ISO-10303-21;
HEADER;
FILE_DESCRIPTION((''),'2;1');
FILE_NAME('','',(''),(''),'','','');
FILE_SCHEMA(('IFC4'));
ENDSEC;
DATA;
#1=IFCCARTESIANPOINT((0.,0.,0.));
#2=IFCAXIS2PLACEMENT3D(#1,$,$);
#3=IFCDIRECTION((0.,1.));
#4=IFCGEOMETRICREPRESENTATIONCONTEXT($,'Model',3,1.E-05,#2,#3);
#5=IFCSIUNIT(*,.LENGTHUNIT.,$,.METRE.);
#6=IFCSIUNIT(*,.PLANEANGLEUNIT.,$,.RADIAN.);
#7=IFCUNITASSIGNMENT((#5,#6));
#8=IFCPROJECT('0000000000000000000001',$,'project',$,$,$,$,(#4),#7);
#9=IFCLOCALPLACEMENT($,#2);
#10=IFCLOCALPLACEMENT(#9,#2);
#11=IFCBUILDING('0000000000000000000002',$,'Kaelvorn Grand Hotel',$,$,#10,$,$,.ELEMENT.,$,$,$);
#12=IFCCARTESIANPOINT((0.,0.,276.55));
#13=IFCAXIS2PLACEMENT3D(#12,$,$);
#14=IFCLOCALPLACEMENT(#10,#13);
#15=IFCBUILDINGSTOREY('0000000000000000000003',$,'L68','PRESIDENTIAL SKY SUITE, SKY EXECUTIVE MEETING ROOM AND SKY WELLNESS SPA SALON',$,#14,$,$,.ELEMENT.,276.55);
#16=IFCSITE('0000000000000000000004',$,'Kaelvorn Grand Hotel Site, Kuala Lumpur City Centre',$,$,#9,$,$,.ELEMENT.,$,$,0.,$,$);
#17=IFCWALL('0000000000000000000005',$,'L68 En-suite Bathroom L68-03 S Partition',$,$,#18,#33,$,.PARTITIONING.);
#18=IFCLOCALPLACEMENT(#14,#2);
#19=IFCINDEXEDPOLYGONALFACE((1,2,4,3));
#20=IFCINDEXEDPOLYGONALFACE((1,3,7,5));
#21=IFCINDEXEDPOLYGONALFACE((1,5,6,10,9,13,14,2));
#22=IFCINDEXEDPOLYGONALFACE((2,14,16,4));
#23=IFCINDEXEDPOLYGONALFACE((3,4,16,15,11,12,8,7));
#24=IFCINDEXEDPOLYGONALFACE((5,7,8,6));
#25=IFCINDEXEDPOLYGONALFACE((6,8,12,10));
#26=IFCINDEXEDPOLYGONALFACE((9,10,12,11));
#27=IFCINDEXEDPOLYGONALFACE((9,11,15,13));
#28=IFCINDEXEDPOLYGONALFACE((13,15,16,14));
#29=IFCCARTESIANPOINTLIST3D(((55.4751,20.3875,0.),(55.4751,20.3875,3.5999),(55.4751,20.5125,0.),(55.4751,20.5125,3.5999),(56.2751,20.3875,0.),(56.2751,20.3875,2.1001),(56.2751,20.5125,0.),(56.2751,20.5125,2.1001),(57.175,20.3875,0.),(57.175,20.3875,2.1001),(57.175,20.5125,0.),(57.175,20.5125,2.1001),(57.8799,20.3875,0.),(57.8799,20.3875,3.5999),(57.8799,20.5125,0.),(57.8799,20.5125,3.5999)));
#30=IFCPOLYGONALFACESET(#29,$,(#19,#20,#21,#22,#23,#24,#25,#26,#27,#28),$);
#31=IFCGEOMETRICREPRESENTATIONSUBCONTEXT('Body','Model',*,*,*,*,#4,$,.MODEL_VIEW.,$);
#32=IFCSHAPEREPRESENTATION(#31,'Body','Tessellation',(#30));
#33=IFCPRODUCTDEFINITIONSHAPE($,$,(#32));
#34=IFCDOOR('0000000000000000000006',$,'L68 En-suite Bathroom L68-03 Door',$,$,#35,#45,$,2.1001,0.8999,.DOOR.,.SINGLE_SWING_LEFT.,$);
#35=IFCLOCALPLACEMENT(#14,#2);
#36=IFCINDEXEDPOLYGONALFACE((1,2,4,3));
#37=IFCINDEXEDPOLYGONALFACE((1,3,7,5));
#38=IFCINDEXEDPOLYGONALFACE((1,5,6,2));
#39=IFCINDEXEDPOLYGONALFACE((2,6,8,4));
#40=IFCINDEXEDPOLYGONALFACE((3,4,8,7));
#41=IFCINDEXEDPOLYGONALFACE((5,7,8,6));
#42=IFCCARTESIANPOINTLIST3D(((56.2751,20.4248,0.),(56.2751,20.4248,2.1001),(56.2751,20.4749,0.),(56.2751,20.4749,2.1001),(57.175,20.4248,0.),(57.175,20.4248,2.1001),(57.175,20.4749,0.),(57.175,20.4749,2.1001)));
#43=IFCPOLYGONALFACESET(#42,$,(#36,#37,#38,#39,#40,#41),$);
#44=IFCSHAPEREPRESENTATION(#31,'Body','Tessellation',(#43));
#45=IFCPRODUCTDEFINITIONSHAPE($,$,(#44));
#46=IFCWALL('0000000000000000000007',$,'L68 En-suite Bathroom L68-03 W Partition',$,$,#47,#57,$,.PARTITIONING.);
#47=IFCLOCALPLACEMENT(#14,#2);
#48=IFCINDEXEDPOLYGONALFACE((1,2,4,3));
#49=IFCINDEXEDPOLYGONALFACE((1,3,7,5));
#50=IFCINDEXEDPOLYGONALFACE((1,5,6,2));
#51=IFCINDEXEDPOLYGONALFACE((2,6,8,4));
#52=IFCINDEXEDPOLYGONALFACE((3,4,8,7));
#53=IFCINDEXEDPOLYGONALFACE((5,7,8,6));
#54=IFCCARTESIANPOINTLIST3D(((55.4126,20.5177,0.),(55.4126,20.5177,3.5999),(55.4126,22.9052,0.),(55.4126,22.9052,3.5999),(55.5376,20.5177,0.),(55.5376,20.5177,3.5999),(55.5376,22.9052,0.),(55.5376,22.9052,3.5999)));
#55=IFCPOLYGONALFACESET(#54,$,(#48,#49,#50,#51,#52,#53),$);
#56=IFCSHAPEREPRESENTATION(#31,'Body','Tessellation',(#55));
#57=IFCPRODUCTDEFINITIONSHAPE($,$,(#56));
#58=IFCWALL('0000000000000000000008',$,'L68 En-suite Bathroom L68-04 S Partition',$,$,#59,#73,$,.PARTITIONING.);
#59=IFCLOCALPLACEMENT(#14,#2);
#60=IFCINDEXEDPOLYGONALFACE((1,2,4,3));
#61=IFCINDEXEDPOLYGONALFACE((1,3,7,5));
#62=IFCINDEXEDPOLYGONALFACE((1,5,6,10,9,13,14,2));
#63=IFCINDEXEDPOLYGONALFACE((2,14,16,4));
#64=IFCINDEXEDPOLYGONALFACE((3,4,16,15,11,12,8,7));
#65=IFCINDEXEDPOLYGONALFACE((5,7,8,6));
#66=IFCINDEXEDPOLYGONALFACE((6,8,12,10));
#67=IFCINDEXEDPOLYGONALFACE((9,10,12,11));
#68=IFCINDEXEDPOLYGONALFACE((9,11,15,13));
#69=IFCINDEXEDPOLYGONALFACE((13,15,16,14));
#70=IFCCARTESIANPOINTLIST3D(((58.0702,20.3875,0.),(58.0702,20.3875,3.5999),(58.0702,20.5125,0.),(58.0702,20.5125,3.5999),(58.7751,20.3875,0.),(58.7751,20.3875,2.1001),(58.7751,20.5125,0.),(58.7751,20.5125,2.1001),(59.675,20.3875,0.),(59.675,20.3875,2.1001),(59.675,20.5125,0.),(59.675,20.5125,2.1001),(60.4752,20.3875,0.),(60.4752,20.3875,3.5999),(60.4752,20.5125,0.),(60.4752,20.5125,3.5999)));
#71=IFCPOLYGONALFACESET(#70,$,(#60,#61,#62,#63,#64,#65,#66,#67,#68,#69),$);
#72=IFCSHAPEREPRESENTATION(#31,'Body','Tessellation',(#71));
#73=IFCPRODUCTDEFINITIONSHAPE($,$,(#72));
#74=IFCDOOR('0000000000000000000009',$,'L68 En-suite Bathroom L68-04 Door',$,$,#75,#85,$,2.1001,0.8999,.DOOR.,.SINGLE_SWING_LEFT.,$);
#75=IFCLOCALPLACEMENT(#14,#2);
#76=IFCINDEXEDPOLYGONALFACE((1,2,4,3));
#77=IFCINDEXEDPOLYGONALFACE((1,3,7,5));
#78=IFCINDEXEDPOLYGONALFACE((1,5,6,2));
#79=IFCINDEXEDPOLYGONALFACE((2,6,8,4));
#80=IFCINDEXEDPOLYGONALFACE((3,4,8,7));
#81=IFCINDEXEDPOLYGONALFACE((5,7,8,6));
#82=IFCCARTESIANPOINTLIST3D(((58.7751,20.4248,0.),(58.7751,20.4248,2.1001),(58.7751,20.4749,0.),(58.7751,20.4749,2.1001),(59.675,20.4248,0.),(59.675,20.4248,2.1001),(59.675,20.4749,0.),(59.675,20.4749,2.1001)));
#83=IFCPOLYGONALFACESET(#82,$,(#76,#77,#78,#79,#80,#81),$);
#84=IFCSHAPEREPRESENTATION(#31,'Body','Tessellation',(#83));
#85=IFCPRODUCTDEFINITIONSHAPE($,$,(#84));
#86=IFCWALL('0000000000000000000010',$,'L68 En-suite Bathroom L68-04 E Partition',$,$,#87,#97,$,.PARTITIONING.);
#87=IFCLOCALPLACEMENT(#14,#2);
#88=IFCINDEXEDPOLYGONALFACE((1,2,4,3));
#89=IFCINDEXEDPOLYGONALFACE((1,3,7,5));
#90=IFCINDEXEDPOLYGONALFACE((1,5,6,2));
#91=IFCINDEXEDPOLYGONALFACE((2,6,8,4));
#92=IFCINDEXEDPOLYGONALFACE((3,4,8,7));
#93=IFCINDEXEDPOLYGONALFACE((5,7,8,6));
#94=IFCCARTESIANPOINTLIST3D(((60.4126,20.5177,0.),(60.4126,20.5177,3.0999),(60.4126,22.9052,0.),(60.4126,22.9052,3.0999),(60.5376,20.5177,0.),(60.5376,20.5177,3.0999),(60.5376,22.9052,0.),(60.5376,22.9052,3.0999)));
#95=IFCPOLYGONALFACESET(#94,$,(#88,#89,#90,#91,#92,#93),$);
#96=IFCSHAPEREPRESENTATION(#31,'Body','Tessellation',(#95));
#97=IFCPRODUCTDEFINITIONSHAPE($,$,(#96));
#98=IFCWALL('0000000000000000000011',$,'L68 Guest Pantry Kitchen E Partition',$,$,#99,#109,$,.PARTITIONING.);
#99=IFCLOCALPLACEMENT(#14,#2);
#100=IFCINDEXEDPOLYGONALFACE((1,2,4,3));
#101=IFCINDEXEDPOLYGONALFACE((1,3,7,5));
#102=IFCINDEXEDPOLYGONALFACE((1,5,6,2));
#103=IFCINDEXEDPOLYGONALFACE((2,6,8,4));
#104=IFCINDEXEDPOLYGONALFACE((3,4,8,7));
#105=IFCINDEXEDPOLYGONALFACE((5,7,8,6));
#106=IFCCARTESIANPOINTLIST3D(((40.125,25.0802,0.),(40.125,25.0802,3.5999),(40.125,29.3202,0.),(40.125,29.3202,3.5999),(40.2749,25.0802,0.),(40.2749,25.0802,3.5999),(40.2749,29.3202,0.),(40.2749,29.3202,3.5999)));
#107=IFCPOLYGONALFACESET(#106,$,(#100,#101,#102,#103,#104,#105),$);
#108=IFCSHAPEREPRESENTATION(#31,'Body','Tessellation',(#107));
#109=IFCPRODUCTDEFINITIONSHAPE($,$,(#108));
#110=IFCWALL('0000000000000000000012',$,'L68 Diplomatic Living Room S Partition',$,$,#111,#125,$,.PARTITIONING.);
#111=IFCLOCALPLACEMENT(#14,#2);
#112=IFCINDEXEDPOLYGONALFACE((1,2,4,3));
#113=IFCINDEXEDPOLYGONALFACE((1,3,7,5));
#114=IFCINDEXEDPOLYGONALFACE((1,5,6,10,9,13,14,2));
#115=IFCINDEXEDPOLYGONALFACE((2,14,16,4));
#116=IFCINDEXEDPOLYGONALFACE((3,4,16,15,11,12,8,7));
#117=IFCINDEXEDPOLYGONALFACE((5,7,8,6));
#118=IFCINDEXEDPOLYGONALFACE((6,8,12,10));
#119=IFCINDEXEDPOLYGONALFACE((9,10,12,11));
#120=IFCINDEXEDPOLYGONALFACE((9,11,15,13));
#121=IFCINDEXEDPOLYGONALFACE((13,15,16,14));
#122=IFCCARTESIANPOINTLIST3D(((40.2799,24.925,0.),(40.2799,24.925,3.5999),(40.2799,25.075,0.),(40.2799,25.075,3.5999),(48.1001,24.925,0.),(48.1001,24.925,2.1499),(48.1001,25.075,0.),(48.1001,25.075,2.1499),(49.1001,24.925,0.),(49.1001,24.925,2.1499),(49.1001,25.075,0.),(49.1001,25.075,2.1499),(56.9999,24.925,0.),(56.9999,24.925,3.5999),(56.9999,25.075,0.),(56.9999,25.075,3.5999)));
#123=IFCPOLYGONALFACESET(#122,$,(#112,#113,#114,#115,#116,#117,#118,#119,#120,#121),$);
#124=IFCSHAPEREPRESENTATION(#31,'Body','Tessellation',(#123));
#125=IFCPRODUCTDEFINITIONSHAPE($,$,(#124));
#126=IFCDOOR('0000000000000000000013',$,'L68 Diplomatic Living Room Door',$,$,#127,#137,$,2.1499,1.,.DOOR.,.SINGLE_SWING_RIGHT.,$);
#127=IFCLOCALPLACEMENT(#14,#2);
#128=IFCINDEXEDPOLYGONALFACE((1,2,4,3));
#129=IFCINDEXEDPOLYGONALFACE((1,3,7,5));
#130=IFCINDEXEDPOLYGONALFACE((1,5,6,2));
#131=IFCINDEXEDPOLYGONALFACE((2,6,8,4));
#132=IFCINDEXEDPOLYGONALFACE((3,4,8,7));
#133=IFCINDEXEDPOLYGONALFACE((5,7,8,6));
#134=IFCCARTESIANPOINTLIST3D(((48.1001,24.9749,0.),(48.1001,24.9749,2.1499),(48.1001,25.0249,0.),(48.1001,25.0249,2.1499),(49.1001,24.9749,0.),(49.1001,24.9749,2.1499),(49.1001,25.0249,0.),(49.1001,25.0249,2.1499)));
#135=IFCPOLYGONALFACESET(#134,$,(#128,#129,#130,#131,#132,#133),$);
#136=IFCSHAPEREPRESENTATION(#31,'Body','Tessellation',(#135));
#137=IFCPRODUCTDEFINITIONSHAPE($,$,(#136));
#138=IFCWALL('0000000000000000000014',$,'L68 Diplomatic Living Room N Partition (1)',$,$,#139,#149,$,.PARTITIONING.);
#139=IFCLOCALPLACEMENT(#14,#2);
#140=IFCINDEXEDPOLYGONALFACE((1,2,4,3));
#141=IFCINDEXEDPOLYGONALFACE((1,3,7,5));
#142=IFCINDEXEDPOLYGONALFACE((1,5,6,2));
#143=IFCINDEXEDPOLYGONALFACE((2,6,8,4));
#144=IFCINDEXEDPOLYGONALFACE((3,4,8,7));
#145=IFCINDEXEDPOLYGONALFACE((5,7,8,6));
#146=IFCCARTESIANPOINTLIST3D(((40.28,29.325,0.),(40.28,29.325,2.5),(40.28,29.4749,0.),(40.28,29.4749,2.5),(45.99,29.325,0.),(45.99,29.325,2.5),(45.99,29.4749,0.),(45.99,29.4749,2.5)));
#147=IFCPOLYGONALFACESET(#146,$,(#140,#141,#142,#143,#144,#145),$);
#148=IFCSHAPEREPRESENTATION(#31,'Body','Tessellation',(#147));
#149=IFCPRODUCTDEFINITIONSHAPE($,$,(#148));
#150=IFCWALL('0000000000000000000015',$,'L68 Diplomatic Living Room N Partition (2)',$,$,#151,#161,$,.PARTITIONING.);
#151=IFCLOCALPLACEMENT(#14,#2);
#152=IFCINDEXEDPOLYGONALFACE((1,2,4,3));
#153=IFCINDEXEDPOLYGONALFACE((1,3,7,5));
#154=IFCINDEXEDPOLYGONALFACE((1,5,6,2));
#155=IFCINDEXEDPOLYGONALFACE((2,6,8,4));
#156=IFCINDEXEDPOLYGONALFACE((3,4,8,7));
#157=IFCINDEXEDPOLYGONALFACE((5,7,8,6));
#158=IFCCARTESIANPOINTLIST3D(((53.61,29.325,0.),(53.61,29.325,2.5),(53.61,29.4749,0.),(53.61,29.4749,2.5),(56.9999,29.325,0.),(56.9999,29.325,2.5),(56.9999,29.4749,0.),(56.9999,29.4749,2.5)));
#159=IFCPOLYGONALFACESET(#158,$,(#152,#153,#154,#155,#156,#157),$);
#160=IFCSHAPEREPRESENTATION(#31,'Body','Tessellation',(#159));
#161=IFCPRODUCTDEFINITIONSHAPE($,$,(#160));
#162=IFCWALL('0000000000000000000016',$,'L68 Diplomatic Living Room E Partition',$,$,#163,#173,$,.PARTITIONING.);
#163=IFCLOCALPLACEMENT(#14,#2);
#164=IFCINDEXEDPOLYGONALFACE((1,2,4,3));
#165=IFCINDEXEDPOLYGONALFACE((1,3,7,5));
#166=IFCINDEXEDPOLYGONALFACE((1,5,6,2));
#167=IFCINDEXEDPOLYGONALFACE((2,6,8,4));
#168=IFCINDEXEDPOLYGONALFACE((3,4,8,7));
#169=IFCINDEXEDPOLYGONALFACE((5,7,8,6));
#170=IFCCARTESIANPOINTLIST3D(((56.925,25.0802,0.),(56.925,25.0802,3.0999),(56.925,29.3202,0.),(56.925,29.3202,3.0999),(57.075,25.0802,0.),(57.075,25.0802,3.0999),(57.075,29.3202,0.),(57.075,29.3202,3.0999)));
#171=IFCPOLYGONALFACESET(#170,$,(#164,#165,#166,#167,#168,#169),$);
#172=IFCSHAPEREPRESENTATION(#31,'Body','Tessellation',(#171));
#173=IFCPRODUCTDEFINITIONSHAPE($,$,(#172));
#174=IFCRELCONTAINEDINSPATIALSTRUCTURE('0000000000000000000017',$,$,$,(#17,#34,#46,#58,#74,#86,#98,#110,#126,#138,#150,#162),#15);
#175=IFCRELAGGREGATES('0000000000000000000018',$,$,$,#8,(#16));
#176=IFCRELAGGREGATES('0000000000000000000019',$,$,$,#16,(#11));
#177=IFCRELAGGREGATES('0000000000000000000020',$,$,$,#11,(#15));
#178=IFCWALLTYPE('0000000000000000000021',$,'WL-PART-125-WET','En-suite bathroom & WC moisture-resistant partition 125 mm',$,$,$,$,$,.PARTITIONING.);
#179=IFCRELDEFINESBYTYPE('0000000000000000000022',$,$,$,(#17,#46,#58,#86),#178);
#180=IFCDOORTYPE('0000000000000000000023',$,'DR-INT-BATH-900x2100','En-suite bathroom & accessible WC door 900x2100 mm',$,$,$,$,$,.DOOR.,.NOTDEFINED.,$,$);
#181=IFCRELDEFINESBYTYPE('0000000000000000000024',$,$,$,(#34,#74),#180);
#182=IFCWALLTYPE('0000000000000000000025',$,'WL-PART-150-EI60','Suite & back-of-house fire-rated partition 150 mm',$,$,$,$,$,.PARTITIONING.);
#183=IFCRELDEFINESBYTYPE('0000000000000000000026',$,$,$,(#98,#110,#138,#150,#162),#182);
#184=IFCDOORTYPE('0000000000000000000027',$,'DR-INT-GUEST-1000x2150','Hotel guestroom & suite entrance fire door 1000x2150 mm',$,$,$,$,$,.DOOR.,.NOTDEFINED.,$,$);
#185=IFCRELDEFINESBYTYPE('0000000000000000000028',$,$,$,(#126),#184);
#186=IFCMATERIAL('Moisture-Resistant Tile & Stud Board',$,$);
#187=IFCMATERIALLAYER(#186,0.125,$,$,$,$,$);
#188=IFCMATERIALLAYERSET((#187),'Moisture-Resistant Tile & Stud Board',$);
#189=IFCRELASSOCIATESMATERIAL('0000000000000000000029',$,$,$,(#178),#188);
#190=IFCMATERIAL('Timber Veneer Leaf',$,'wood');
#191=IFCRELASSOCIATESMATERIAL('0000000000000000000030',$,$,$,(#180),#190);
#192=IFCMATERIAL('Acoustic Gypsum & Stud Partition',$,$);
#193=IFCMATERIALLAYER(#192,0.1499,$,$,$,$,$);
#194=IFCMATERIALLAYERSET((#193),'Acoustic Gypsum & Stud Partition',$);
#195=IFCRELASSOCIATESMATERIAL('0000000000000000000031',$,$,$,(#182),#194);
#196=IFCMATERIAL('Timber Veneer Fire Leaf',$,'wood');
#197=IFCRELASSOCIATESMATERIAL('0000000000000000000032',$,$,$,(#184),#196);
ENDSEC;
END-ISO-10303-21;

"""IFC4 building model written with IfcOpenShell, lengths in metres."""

from ifc_helpers import new_model, si_unit, direction, frame, frame_2d, origin, place, context, subcontext, project, spatial, rectangle, extrude, material, layer, layer_set, type_object, element, fill, save


model = new_model("IFC4")

# Units and contexts
model_context = context("Model", 3, precision=1e-05, world=origin(), true_north=direction((0.0, 1.0)))
body_context = subcontext(model_context, "Body", "Model", "MODEL_VIEW")
ifc_project = project(units=[si_unit("LENGTHUNIT", "METRE"), si_unit("PLANEANGLEUNIT", "RADIAN")], contexts=[model_context])

# Site, building, storey
site_placement = place(None, origin())
site = spatial("IfcSite", under=ifc_project, at=site_placement, Name="Kaelvorn Grand Hotel Site, Kuala Lumpur City Centre", CompositionType="ELEMENT", RefElevation=0.0)
building_placement = place(site_placement, origin())
building = spatial("IfcBuilding", under=site, at=building_placement, Name="Kaelvorn Grand Hotel", CompositionType="ELEMENT")
storey_placement = place(building_placement, frame((0.0, 0.0, 276.55)))
storey = spatial("IfcBuildingStorey", under=building, at=storey_placement, Name="L68", Description="PRESIDENTIAL SKY SUITE, SKY EXECUTIVE MEETING ROOM AND SKY WELLNESS SPA SALON", CompositionType="ELEMENT", Elevation=276.55)

# Wall, opening, door
ifc_material_1 = material(Name="Moisture-Resistant Tile & Stud Board")
ifc_layer_1 = layer(ifc_material_1, 0.125)
ifc_layer_set_1 = layer_set([ifc_layer_1], Name="Moisture-Resistant Tile & Stud Board")
wall_type_1 = type_object("IfcWallType", Name="WL-PART-125-WET", Description="En-suite bathroom & WC moisture-resistant partition 125 mm", PredefinedType="PARTITIONING", material=ifc_layer_set_1)
wall_1_placement = place(storey_placement, frame((55.4751, 20.45, 0.0), z_axis=(0.0, 0.0, 1.0), x_axis=(1.0, 0.0, 0.0)))
wall_1 = element("IfcWall", 1, at=wall_1_placement, inside=storey, type_object=wall_type_1, Name="L68 En-suite Bathroom L68-03 S Partition", PredefinedType="PARTITIONING", context=body_context, shape_type="SweptSolid", body=[
    extrude(rectangle(XDim=2.4048, YDim=0.125, at=frame_2d((1.2024, 0.0))), origin(), (0.0, 0.0, 1.0), 3.5999),
])
opening_1_placement = place(wall_1_placement, frame((0.8, 0.0, 0.0)))
opening_1 = element("IfcOpeningElement", 2, at=opening_1_placement, cuts=wall_1, PredefinedType="OPENING", context=body_context, shape_type="SweptSolid", body=[
    extrude(rectangle(XDim=0.8999, YDim=2.1001, at=frame_2d((0.45, 1.05))), frame((0.0, 0.0725, 0.0), z_axis=(0.0, -1.0, 0.0), x_axis=(1.0, 0.0, 0.0)), (0.0, 0.0, 1.0), 0.145),
])
ifc_material_2 = material(Name="Timber Veneer Leaf", Category="wood")
door_type_1 = type_object("IfcDoorType", Name="DR-INT-BATH-900x2100", Description="En-suite bathroom & accessible WC door 900x2100 mm", OperationType="NOTDEFINED", PredefinedType="DOOR", material=ifc_material_2)
door_1_placement = place(opening_1_placement, origin())
door_1 = element("IfcDoor", 3, at=door_1_placement, inside=storey, type_object=door_type_1, Name="L68 En-suite Bathroom L68-03 Door", OperationType="SINGLE_SWING_LEFT", OverallHeight=2.1001, OverallWidth=0.8999, PredefinedType="DOOR", context=body_context, shape_type="SweptSolid", body=[
    extrude(rectangle(XDim=0.8999, YDim=2.1001, at=frame_2d((0.45, 1.05))), frame((0.0, 0.0249, 0.0), z_axis=(0.0, -1.0, 0.0), x_axis=(1.0, 0.0, 0.0)), (0.0, 0.0, 1.0), 0.05),
])
fill(opening_1, door_1)

# Wall
wall_2_placement = place(storey_placement, frame((55.4751, 20.5176, 0.0), z_axis=(0.0, 0.0, 1.0), x_axis=(0.0, 1.0, 0.0)))
element("IfcWall", 4, at=wall_2_placement, inside=storey, type_object=wall_type_1, Name="L68 En-suite Bathroom L68-03 W Partition", PredefinedType="PARTITIONING", context=body_context, shape_type="SweptSolid", body=[
    extrude(rectangle(XDim=2.3875, YDim=0.125, at=frame_2d((1.1938, 0.0))), origin(), (0.0, 0.0, 1.0), 3.5999),
])

# Wall, opening, door
wall_3_placement = place(storey_placement, frame((58.0701, 20.45, 0.0), z_axis=(0.0, 0.0, 1.0), x_axis=(1.0, 0.0, 0.0)))
wall_3 = element("IfcWall", 5, at=wall_3_placement, inside=storey, type_object=wall_type_1, Name="L68 En-suite Bathroom L68-04 S Partition", PredefinedType="PARTITIONING", context=body_context, shape_type="SweptSolid", body=[
    extrude(rectangle(XDim=2.405, YDim=0.125, at=frame_2d((1.2026, 0.0))), origin(), (0.0, 0.0, 1.0), 3.5999),
])
opening_2_placement = place(wall_3_placement, frame((0.7051, 0.0, 0.0)))
opening_2 = element("IfcOpeningElement", 6, at=opening_2_placement, cuts=wall_3, PredefinedType="OPENING", context=body_context, shape_type="SweptSolid", body=[
    extrude(rectangle(XDim=0.8999, YDim=2.1001, at=frame_2d((0.45, 1.05))), frame((0.0, 0.0725, 0.0), z_axis=(0.0, -1.0, 0.0), x_axis=(1.0, 0.0, 0.0)), (0.0, 0.0, 1.0), 0.145),
])
door_2_placement = place(opening_2_placement, origin())
door_2 = element("IfcDoor", 7, at=door_2_placement, inside=storey, type_object=door_type_1, Name="L68 En-suite Bathroom L68-04 Door", OperationType="SINGLE_SWING_LEFT", OverallHeight=2.1001, OverallWidth=0.8999, PredefinedType="DOOR", context=body_context, shape_type="SweptSolid", body=[
    extrude(rectangle(XDim=0.8999, YDim=2.1001, at=frame_2d((0.45, 1.05))), frame((0.0, 0.0249, 0.0), z_axis=(0.0, -1.0, 0.0), x_axis=(1.0, 0.0, 0.0)), (0.0, 0.0, 1.0), 0.05),
])
fill(opening_2, door_2)

# Walls
wall_4_placement = place(storey_placement, frame((60.4751, 20.5176, 0.0), z_axis=(0.0, 0.0, 1.0), x_axis=(0.0, 1.0, 0.0)))
element("IfcWall", 8, at=wall_4_placement, inside=storey, type_object=wall_type_1, Name="L68 En-suite Bathroom L68-04 E Partition", PredefinedType="PARTITIONING", context=body_context, shape_type="SweptSolid", body=[
    extrude(rectangle(XDim=2.3875, YDim=0.125, at=frame_2d((1.1938, 0.0))), origin(), (0.0, 0.0, 1.0), 3.0999),
])
ifc_material_3 = material(Name="Acoustic Gypsum & Stud Partition")
ifc_layer_2 = layer(ifc_material_3, 0.1499)
ifc_layer_set_2 = layer_set([ifc_layer_2], Name="Acoustic Gypsum & Stud Partition")
wall_type_2 = type_object("IfcWallType", Name="WL-PART-150-EI60", Description="Suite & back-of-house fire-rated partition 150 mm", PredefinedType="PARTITIONING", material=ifc_layer_set_2)
wall_5_placement = place(storey_placement, frame((40.2, 25.0801, 0.0), z_axis=(0.0, 0.0, 1.0), x_axis=(0.0, 1.0, 0.0)))
element("IfcWall", 9, at=wall_5_placement, inside=storey, type_object=wall_type_2, Name="L68 Guest Pantry Kitchen E Partition", PredefinedType="PARTITIONING", context=body_context, shape_type="SweptSolid", body=[
    extrude(rectangle(XDim=4.24, YDim=0.1499, at=frame_2d((2.1201, 0.0))), origin(), (0.0, 0.0, 1.0), 3.5999),
])

# Wall, opening, door
wall_6_placement = place(storey_placement, frame((40.28, 25.0, 0.0), z_axis=(0.0, 0.0, 1.0), x_axis=(1.0, 0.0, 0.0)))
wall_6 = element("IfcWall", 10, at=wall_6_placement, inside=storey, type_object=wall_type_2, Name="L68 Diplomatic Living Room S Partition", PredefinedType="PARTITIONING", context=body_context, shape_type="SweptSolid", body=[
    extrude(rectangle(XDim=16.72, YDim=0.1499, at=frame_2d((8.3599, 0.0))), origin(), (0.0, 0.0, 1.0), 3.5999),
])
opening_3_placement = place(wall_6_placement, frame((7.8201, 0.0, 0.0)))
opening_3 = element("IfcOpeningElement", 11, at=opening_3_placement, cuts=wall_6, PredefinedType="OPENING", context=body_context, shape_type="SweptSolid", body=[
    extrude(rectangle(XDim=1.0, YDim=2.1499, at=frame_2d((0.5, 1.075))), frame((0.0, 0.085, 0.0), z_axis=(0.0, -1.0, 0.0), x_axis=(1.0, 0.0, 0.0)), (0.0, 0.0, 1.0), 0.1699),
])
ifc_material_4 = material(Name="Timber Veneer Fire Leaf", Category="wood")
door_type_2 = type_object("IfcDoorType", Name="DR-INT-GUEST-1000x2150", Description="Hotel guestroom & suite entrance fire door 1000x2150 mm", OperationType="NOTDEFINED", PredefinedType="DOOR", material=ifc_material_4)
door_3_placement = place(opening_3_placement, origin())
door_3 = element("IfcDoor", 12, at=door_3_placement, inside=storey, type_object=door_type_2, Name="L68 Diplomatic Living Room Door", OperationType="SINGLE_SWING_RIGHT", OverallHeight=2.1499, OverallWidth=1.0, PredefinedType="DOOR", context=body_context, shape_type="SweptSolid", body=[
    extrude(rectangle(XDim=1.0, YDim=2.1499, at=frame_2d((0.5, 1.075))), frame((0.0, 0.0249, 0.0), z_axis=(0.0, -1.0, 0.0), x_axis=(1.0, 0.0, 0.0)), (0.0, 0.0, 1.0), 0.05),
])
fill(opening_3, door_3)

# Walls
wall_7_placement = place(storey_placement, frame((40.28, 29.3999, 0.0), z_axis=(0.0, 0.0, 1.0), x_axis=(1.0, 0.0, 0.0)))
element("IfcWall", 13, at=wall_7_placement, inside=storey, type_object=wall_type_2, Name="L68 Diplomatic Living Room N Partition (1)", PredefinedType="PARTITIONING", context=body_context, shape_type="SweptSolid", body=[
    extrude(rectangle(XDim=5.71, YDim=0.1499, at=frame_2d((2.855, 0.0))), origin(), (0.0, 0.0, 1.0), 2.5),
])
wall_8_placement = place(storey_placement, frame((53.6101, 29.3999, 0.0), z_axis=(0.0, 0.0, 1.0), x_axis=(1.0, 0.0, 0.0)))
element("IfcWall", 14, at=wall_8_placement, inside=storey, type_object=wall_type_2, Name="L68 Diplomatic Living Room N Partition (2)", PredefinedType="PARTITIONING", context=body_context, shape_type="SweptSolid", body=[
    extrude(rectangle(XDim=3.3899, YDim=0.1499, at=frame_2d((1.6948, 0.0))), origin(), (0.0, 0.0, 1.0), 2.5),
])
wall_9_placement = place(storey_placement, frame((57.0, 25.0801, 0.0), z_axis=(0.0, 0.0, 1.0), x_axis=(0.0, 1.0, 0.0)))
element("IfcWall", 15, at=wall_9_placement, inside=storey, type_object=wall_type_2, Name="L68 Diplomatic Living Room E Partition", PredefinedType="PARTITIONING", context=body_context, shape_type="SweptSolid", body=[
    extrude(rectangle(XDim=4.24, YDim=0.1499, at=frame_2d((2.1201, 0.0))), origin(), (0.0, 0.0, 1.0), 3.0999),
])

save(model, "model.ifc")
